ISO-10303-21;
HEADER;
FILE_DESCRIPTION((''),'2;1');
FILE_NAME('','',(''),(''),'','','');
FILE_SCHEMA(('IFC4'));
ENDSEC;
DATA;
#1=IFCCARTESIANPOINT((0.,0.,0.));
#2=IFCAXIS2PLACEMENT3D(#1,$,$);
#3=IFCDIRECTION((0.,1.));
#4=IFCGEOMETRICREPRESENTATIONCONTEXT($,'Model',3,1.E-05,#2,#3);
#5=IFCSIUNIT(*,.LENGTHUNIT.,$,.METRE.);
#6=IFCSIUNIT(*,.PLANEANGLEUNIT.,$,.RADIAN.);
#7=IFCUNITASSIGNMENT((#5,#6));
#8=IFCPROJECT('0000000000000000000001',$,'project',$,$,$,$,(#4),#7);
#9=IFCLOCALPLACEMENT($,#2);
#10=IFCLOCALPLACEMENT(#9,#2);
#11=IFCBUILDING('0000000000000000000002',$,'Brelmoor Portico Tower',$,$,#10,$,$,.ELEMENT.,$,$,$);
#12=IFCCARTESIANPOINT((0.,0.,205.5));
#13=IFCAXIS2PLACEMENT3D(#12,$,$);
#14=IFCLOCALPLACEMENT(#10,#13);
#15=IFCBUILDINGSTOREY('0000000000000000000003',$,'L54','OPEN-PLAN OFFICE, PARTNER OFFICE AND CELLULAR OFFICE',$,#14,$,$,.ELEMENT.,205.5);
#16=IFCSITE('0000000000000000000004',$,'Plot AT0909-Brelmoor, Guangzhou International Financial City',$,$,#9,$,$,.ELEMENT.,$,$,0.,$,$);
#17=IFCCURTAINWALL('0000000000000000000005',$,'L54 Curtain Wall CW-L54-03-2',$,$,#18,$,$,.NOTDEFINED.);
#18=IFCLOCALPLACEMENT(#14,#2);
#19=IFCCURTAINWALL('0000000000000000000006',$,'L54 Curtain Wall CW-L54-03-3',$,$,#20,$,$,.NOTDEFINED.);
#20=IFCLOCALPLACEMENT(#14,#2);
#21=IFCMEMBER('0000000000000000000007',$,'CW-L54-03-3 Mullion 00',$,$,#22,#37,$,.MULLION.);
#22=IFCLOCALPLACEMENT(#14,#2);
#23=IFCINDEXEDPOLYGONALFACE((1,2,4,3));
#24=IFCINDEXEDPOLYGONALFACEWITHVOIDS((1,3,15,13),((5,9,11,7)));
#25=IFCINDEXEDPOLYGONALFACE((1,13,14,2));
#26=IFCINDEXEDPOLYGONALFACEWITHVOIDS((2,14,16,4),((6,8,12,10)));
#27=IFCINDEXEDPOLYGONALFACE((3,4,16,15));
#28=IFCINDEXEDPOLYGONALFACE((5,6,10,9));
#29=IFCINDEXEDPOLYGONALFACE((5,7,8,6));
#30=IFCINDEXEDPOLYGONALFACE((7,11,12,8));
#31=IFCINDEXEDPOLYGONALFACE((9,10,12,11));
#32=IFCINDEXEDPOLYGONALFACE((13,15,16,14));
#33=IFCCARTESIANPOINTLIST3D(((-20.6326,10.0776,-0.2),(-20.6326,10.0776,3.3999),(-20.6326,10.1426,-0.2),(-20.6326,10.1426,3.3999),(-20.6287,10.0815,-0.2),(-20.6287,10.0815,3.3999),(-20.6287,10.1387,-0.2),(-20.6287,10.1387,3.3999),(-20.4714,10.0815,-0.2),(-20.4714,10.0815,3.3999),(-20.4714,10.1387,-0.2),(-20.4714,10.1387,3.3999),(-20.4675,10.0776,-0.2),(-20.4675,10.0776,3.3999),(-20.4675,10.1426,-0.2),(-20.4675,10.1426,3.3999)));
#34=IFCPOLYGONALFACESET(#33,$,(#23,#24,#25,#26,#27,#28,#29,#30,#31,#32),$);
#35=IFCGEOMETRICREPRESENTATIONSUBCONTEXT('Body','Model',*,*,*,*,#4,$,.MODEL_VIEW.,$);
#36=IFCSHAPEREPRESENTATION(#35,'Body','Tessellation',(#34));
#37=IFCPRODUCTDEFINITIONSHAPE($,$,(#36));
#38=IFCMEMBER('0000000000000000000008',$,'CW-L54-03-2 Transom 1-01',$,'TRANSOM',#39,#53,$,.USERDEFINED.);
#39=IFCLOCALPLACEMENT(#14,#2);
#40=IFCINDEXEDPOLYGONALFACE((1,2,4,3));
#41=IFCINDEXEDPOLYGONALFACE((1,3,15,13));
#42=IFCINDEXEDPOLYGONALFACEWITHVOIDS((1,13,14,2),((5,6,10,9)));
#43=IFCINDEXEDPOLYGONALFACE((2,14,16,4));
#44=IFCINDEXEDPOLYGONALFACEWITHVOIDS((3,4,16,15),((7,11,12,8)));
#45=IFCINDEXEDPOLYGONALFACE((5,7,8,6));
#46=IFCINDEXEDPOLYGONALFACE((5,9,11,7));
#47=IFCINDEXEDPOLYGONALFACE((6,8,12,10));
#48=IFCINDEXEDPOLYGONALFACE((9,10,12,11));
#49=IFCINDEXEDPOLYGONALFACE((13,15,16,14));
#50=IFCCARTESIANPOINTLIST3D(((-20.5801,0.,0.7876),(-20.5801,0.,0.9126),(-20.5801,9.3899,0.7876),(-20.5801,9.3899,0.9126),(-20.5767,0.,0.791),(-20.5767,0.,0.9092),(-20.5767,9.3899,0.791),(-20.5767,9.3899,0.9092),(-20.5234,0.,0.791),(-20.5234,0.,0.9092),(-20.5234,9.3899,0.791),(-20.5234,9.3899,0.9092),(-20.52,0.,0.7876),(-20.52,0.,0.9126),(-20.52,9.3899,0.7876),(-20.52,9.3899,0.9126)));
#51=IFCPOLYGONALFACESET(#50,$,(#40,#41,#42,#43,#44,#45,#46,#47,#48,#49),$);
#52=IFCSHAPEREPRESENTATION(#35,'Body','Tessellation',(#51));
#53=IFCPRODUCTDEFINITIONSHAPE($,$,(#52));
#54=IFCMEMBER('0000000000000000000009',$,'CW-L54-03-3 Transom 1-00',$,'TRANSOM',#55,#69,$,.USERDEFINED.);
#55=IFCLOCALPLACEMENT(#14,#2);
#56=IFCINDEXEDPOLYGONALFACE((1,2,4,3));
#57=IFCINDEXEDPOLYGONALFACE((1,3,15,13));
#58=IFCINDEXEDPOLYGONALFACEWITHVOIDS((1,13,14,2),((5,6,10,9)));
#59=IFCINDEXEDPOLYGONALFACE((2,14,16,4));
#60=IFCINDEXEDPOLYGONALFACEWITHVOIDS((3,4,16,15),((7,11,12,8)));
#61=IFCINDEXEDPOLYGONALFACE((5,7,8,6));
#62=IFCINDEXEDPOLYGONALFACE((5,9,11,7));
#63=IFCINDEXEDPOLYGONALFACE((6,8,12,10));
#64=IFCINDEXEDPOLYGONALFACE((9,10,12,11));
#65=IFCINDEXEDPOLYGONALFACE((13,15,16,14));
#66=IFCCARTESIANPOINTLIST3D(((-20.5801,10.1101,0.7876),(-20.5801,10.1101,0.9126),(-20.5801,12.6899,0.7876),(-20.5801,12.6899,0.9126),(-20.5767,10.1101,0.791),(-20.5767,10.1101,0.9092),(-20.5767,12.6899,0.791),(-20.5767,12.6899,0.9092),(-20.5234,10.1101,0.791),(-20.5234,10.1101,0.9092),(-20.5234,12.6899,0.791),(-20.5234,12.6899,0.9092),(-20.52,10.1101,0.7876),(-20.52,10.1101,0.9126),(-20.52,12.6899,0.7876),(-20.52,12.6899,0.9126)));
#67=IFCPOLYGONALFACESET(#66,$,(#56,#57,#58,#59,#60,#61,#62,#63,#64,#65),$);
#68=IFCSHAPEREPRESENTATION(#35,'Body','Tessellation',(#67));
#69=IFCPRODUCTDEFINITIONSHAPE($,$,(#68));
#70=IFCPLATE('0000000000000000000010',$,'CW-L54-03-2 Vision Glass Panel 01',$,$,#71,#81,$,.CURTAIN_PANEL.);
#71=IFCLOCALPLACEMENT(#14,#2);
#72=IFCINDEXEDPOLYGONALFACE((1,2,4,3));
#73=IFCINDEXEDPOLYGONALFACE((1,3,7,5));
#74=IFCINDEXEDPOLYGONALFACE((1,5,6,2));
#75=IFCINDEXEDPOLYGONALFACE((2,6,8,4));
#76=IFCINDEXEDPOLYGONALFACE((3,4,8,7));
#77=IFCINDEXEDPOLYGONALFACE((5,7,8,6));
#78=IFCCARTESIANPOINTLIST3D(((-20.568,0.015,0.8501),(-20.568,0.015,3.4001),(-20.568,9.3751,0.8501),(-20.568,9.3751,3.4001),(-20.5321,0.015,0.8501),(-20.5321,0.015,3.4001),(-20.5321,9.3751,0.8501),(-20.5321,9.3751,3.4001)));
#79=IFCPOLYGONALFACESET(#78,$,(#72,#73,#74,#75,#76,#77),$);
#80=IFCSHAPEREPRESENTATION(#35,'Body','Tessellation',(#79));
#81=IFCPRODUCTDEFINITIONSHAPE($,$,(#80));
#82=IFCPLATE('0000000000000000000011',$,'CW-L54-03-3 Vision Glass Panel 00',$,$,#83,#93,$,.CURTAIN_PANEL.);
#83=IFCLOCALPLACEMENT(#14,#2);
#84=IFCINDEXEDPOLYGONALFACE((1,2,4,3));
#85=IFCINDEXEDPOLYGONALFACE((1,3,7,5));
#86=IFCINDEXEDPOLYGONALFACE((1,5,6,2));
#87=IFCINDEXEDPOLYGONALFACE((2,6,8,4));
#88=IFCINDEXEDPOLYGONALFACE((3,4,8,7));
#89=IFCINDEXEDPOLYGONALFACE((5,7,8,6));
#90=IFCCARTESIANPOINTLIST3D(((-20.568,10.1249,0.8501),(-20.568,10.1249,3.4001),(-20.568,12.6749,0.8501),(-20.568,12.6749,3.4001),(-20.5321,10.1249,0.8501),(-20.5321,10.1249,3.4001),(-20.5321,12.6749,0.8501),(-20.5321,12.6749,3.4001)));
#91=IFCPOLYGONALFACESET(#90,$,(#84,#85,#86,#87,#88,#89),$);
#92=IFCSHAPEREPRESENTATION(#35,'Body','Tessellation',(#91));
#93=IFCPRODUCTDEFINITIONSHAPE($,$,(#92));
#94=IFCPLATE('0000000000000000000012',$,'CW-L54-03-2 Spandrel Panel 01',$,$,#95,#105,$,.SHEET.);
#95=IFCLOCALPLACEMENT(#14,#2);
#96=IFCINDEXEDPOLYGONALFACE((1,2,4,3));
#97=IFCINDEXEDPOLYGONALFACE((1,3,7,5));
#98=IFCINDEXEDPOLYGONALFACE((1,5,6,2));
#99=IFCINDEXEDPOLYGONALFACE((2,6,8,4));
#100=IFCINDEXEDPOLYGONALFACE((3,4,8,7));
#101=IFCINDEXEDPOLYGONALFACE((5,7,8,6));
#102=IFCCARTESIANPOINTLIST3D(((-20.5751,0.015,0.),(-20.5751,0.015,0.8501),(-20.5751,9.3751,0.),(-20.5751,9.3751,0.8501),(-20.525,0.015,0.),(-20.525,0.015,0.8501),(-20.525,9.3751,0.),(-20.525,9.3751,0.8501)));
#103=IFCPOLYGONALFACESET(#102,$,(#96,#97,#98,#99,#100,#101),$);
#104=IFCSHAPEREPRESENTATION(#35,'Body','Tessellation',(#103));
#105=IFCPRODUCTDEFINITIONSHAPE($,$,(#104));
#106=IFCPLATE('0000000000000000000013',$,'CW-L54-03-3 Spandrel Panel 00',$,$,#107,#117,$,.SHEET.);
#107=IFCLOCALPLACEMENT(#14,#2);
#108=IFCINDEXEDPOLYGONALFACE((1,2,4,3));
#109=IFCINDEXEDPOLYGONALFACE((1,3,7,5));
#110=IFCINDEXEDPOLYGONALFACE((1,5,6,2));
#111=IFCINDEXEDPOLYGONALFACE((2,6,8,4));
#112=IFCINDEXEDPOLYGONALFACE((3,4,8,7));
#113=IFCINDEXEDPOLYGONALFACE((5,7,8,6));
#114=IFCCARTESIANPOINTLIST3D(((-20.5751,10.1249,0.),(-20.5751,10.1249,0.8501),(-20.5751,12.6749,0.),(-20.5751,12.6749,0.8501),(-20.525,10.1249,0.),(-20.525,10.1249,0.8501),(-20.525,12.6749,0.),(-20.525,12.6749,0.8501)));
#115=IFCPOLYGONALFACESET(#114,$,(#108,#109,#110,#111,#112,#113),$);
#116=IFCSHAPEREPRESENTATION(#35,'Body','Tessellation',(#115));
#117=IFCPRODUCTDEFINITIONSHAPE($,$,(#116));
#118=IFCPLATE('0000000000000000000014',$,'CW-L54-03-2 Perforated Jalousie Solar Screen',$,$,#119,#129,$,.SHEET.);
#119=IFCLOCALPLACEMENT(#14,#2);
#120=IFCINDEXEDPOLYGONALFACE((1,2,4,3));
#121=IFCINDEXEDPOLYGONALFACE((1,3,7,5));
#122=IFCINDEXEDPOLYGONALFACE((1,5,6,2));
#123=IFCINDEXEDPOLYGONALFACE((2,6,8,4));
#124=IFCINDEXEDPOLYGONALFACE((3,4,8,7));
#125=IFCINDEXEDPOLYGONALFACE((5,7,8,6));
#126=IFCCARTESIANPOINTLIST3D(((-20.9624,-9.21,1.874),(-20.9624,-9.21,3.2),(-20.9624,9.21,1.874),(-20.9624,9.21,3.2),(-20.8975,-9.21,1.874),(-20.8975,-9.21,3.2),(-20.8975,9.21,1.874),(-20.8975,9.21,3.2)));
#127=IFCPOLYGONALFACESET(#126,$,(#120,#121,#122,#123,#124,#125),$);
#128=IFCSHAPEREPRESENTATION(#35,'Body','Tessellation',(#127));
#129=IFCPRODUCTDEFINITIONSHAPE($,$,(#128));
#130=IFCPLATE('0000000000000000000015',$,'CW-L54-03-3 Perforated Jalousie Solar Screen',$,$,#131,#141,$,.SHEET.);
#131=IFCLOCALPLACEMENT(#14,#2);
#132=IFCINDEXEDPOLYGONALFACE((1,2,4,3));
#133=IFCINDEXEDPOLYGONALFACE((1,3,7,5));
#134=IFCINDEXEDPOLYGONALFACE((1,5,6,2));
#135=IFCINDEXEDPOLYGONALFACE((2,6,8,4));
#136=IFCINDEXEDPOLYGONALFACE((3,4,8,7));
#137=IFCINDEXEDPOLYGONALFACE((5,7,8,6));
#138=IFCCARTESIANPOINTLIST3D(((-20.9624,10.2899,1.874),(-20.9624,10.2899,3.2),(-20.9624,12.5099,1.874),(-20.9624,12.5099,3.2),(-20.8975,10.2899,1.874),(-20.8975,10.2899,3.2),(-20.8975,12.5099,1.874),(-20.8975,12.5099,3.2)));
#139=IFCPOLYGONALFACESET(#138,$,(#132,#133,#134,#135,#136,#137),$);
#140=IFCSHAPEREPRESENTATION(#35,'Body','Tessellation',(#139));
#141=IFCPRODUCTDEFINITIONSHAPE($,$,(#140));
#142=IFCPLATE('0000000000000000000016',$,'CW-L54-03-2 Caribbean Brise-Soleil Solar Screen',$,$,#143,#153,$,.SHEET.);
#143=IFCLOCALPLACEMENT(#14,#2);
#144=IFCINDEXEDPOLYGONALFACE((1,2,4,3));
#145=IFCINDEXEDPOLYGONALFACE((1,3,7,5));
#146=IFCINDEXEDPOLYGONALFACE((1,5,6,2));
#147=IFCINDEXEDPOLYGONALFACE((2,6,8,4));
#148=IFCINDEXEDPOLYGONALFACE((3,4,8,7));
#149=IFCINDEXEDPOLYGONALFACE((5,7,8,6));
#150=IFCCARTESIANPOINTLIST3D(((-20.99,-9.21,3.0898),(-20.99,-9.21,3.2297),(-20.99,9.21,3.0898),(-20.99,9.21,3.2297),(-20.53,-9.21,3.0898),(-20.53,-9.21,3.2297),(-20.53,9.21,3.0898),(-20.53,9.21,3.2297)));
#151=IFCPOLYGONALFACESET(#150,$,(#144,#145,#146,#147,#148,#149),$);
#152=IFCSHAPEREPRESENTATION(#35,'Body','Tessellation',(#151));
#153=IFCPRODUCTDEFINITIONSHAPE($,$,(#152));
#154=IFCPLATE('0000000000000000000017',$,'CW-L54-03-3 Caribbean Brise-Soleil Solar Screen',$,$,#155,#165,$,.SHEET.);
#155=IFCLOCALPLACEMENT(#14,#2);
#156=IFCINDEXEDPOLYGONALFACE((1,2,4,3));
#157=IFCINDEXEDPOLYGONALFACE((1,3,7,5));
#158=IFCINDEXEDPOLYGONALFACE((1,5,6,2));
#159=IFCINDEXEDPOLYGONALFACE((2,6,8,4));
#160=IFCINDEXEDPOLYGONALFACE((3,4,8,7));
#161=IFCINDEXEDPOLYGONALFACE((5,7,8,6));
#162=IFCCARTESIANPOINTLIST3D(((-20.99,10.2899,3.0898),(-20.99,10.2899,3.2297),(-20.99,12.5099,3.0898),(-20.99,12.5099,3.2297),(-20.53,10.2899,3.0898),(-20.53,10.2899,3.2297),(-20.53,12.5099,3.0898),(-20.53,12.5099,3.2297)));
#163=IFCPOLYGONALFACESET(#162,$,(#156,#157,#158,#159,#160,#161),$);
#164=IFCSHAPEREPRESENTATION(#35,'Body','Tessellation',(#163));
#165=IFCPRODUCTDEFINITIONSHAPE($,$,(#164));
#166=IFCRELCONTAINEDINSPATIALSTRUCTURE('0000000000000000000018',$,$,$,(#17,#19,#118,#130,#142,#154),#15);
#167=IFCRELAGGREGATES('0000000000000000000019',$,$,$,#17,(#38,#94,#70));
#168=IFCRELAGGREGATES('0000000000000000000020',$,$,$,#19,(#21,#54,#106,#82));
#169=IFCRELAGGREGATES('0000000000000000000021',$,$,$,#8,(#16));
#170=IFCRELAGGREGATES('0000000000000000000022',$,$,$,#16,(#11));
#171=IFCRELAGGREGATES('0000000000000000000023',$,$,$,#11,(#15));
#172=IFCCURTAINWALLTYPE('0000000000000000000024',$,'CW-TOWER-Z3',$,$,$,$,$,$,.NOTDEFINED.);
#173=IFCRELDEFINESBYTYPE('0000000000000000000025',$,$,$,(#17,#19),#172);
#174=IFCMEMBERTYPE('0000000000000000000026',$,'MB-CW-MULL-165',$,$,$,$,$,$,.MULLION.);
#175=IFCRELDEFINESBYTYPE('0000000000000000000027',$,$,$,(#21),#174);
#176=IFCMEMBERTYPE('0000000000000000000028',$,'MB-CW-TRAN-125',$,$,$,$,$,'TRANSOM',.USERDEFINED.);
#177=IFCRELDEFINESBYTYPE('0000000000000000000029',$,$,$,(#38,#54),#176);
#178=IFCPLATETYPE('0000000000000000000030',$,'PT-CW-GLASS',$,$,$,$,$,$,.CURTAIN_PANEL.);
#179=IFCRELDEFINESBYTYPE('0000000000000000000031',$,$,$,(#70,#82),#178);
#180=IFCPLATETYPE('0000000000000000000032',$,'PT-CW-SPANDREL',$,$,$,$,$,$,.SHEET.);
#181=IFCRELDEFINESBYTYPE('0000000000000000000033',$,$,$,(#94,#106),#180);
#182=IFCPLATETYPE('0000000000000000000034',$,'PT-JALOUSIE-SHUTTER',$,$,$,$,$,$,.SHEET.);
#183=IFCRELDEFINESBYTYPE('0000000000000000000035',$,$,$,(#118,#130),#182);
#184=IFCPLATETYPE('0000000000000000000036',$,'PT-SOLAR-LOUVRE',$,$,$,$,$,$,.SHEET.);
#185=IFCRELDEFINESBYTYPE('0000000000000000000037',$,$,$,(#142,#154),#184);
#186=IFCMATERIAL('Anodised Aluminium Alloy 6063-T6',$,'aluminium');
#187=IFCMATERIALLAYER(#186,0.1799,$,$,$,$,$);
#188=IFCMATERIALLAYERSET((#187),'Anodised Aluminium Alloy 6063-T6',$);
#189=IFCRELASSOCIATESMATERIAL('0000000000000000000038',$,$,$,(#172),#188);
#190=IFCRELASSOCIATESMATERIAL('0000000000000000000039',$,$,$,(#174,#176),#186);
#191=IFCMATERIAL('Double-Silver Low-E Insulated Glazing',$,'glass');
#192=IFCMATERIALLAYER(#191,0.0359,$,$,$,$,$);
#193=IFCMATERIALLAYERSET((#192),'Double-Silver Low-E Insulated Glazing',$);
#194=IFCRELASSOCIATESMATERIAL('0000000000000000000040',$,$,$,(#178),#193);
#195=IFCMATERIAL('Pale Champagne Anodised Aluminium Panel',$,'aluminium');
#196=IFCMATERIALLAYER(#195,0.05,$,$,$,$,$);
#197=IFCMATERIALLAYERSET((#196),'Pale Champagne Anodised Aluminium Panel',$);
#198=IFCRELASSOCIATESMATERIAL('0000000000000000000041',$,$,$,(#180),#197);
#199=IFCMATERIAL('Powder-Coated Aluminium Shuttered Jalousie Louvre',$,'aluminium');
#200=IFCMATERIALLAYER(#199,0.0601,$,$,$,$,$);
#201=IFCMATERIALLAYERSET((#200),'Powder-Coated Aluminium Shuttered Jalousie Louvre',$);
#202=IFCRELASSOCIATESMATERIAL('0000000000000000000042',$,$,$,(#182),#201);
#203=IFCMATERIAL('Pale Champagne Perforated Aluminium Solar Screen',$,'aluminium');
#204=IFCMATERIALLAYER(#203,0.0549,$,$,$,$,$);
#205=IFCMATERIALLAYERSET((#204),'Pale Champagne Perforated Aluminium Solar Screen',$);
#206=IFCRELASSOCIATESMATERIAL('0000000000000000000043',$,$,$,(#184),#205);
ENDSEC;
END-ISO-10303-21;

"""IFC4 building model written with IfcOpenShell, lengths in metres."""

from ifc_helpers import new_model, si_unit, direction, frame, origin, origin_2d, place, context, subcontext, project, spatial, rectangle, hollow_rectangle, extrude, material, layer, layer_set, material_profile, profile_set, type_object, element, aggregate, save


model = new_model("IFC4")

# Units and contexts
model_context = context("Model", 3, precision=1e-05, world=origin(), true_north=direction((0.0, 1.0)))
body_context = subcontext(model_context, "Body", "Model", "MODEL_VIEW")
ifc_project = project(units=[si_unit("LENGTHUNIT", "METRE"), si_unit("PLANEANGLEUNIT", "RADIAN")], contexts=[model_context])

# Site, building, storey
site_placement = place(None, origin())
site = spatial("IfcSite", under=ifc_project, at=site_placement, Name="Plot AT0909-Brelmoor, Guangzhou International Financial City", CompositionType="ELEMENT", RefElevation=0.0)
building_placement = place(site_placement, origin())
building = spatial("IfcBuilding", under=site, at=building_placement, Name="Brelmoor Portico Tower", CompositionType="ELEMENT")
storey_placement = place(building_placement, frame((0.0, 0.0, 205.5)))
storey = spatial("IfcBuildingStorey", under=building, at=storey_placement, Name="L54", Description="OPEN-PLAN OFFICE, PARTNER OFFICE AND CELLULAR OFFICE", CompositionType="ELEMENT", Elevation=205.5)

# Curtain wall
ifc_material_1 = material(Name="Anodised Aluminium Alloy 6063-T6", Category="aluminium")
ifc_layer_1 = layer(ifc_material_1, 0.1799)
ifc_layer_set_1 = layer_set([ifc_layer_1], Name="Anodised Aluminium Alloy 6063-T6")
curtain_wall_type = type_object("IfcCurtainWallType", Name="CW-TOWER-Z3", PredefinedType="NOTDEFINED", material=ifc_layer_set_1)
curtain_wall_1_placement = place(storey_placement, origin())
curtain_wall_1 = element("IfcCurtainWall", 1, at=curtain_wall_1_placement, inside=storey, type_object=curtain_wall_type, Name="L54 Curtain Wall CW-L54-03-2", PredefinedType="NOTDEFINED")
ifc_material_profile_1 = material_profile(ifc_material_1, hollow_rectangle(XDim=0.0649, YDim=0.165, WallThickness=0.0039, at=origin_2d()), Name="ALU MULLION 65x165")
ifc_profile_set_1 = profile_set([ifc_material_profile_1], Name="Anodised Aluminium Alloy 6063-T6")
member_type_1 = type_object("IfcMemberType", Name="MB-CW-MULL-165", PredefinedType="MULLION", material=ifc_profile_set_1)

# Curtain wall, member
curtain_wall_2_placement = place(storey_placement, origin())
curtain_wall_2 = element("IfcCurtainWall", 2, at=curtain_wall_2_placement, inside=storey, type_object=curtain_wall_type, Name="L54 Curtain Wall CW-L54-03-3", PredefinedType="NOTDEFINED")
member_1_placement = place(storey_placement, frame((-20.55, 10.1101, -0.2), z_axis=(0.0, 0.0, 1.0), x_axis=(0.0, 1.0, 0.0)))
member_1 = element("IfcMember", 3, at=member_1_placement, type_object=member_type_1, Name="CW-L54-03-3 Mullion 00", PredefinedType="MULLION", context=body_context, shape_type="SweptSolid", body=[
    extrude(hollow_rectangle(XDim=0.0649, YDim=0.165, WallThickness=0.0039, at=origin_2d()), origin(), (0.0, 0.0, 1.0), 3.5999),
])

# Members
ifc_material_profile_2 = material_profile(ifc_material_1, hollow_rectangle(XDim=0.0601, YDim=0.125, WallThickness=0.0034, at=origin_2d()), Name="ALU TRANSOM 60x125")
ifc_profile_set_2 = profile_set([ifc_material_profile_2], Name="Anodised Aluminium Alloy 6063-T6")
member_type_2 = type_object("IfcMemberType", Name="MB-CW-TRAN-125", ElementType="TRANSOM", PredefinedType="USERDEFINED", material=ifc_profile_set_2)
member_2_placement = place(storey_placement, frame((-20.55, 0.0, 0.8501), z_axis=(0.0, 1.0, 0.0), x_axis=(-1.0, 0.0, 0.0)))
member_2 = element("IfcMember", 4, at=member_2_placement, type_object=member_type_2, Name="CW-L54-03-2 Transom 1-01", ObjectType="TRANSOM", PredefinedType="USERDEFINED", context=body_context, shape_type="SweptSolid", body=[
    extrude(hollow_rectangle(XDim=0.0601, YDim=0.125, WallThickness=0.0034, at=origin_2d()), origin(), (0.0, 0.0, 1.0), 9.3899),
])
member_3_placement = place(storey_placement, frame((-20.55, 10.1101, 0.8501), z_axis=(0.0, 1.0, 0.0), x_axis=(-1.0, 0.0, 0.0)))
member_3 = element("IfcMember", 5, at=member_3_placement, type_object=member_type_2, Name="CW-L54-03-3 Transom 1-00", ObjectType="TRANSOM", PredefinedType="USERDEFINED", context=body_context, shape_type="SweptSolid", body=[
    extrude(hollow_rectangle(XDim=0.0601, YDim=0.125, WallThickness=0.0034, at=origin_2d()), origin(), (0.0, 0.0, 1.0), 2.5798),
])

# Plates
ifc_material_2 = material(Name="Double-Silver Low-E Insulated Glazing", Category="glass")
ifc_layer_2 = layer(ifc_material_2, 0.0359)
ifc_layer_set_2 = layer_set([ifc_layer_2], Name="Double-Silver Low-E Insulated Glazing")
plate_type_1 = type_object("IfcPlateType", Name="PT-CW-GLASS", PredefinedType="CURTAIN_PANEL", material=ifc_layer_set_2)
plate_1_placement = place(storey_placement, frame((-20.55, 4.6951, 0.8501), z_axis=(0.0, 0.0, 1.0), x_axis=(0.0, 1.0, 0.0)))
plate_1 = element("IfcPlate", 6, at=plate_1_placement, type_object=plate_type_1, Name="CW-L54-03-2 Vision Glass Panel 01", PredefinedType="CURTAIN_PANEL", context=body_context, shape_type="SweptSolid", body=[
    extrude(rectangle(XDim=9.3601, YDim=0.0359, at=origin_2d()), origin(), (0.0, 0.0, 1.0), 2.55),
])
plate_2_placement = place(storey_placement, frame((-20.55, 11.3999, 0.8501), z_axis=(0.0, 0.0, 1.0), x_axis=(0.0, 1.0, 0.0)))
plate_2 = element("IfcPlate", 7, at=plate_2_placement, type_object=plate_type_1, Name="CW-L54-03-3 Vision Glass Panel 00", PredefinedType="CURTAIN_PANEL", context=body_context, shape_type="SweptSolid", body=[
    extrude(rectangle(XDim=2.55, YDim=0.0359, at=origin_2d()), origin(), (0.0, 0.0, 1.0), 2.55),
])
ifc_material_3 = material(Name="Pale Champagne Anodised Aluminium Panel", Category="aluminium")
ifc_layer_3 = layer(ifc_material_3, 0.05)
ifc_layer_set_3 = layer_set([ifc_layer_3], Name="Pale Champagne Anodised Aluminium Panel")
plate_type_2 = type_object("IfcPlateType", Name="PT-CW-SPANDREL", PredefinedType="SHEET", material=ifc_layer_set_3)
plate_3_placement = place(storey_placement, frame((-20.55, 4.6951, 0.0), z_axis=(0.0, 0.0, 1.0), x_axis=(0.0, 1.0, 0.0)))
plate_3 = element("IfcPlate", 8, at=plate_3_placement, type_object=plate_type_2, Name="CW-L54-03-2 Spandrel Panel 01", PredefinedType="SHEET", context=body_context, shape_type="SweptSolid", body=[
    extrude(rectangle(XDim=9.3601, YDim=0.05, at=origin_2d()), origin(), (0.0, 0.0, 1.0), 0.8501),
])
aggregate(curtain_wall_1, [member_2, plate_3, plate_1])
plate_4_placement = place(storey_placement, frame((-20.55, 11.3999, 0.0), z_axis=(0.0, 0.0, 1.0), x_axis=(0.0, 1.0, 0.0)))
plate_4 = element("IfcPlate", 9, at=plate_4_placement, type_object=plate_type_2, Name="CW-L54-03-3 Spandrel Panel 00", PredefinedType="SHEET", context=body_context, shape_type="SweptSolid", body=[
    extrude(rectangle(XDim=2.55, YDim=0.05, at=origin_2d()), origin(), (0.0, 0.0, 1.0), 0.8501),
])
aggregate(curtain_wall_2, [member_1, member_3, plate_4, plate_2])

# Plates
ifc_material_4 = material(Name="Powder-Coated Aluminium Shuttered Jalousie Louvre", Category="aluminium")
ifc_layer_4 = layer(ifc_material_4, 0.0601)
ifc_layer_set_4 = layer_set([ifc_layer_4], Name="Powder-Coated Aluminium Shuttered Jalousie Louvre")
plate_type_3 = type_object("IfcPlateType", Name="PT-JALOUSIE-SHUTTER", PredefinedType="SHEET", material=ifc_layer_set_4)
plate_5_placement = place(storey_placement, frame((-20.9299, 0.0, 1.874), z_axis=(0.0, 0.0, 1.0), x_axis=(0.0, 1.0, 0.0)))
element("IfcPlate", 10, at=plate_5_placement, inside=storey, type_object=plate_type_3, Name="CW-L54-03-2 Perforated Jalousie Solar Screen", PredefinedType="SHEET", context=body_context, shape_type="SweptSolid", body=[
    extrude(rectangle(XDim=18.4199, YDim=0.0649, at=origin_2d()), origin(), (0.0, 0.0, 1.0), 1.3259),
])
plate_6_placement = place(storey_placement, frame((-20.9299, 11.3999, 1.874), z_axis=(0.0, 0.0, 1.0), x_axis=(0.0, 1.0, 0.0)))
element("IfcPlate", 11, at=plate_6_placement, inside=storey, type_object=plate_type_3, Name="CW-L54-03-3 Perforated Jalousie Solar Screen", PredefinedType="SHEET", context=body_context, shape_type="SweptSolid", body=[
    extrude(rectangle(XDim=2.22, YDim=0.0649, at=origin_2d()), origin(), (0.0, 0.0, 1.0), 1.3259),
])
ifc_material_5 = material(Name="Pale Champagne Perforated Aluminium Solar Screen", Category="aluminium")
ifc_layer_5 = layer(ifc_material_5, 0.0549)
ifc_layer_set_5 = layer_set([ifc_layer_5], Name="Pale Champagne Perforated Aluminium Solar Screen")
plate_type_4 = type_object("IfcPlateType", Name="PT-SOLAR-LOUVRE", PredefinedType="SHEET", material=ifc_layer_set_5)
plate_7_placement = place(storey_placement, frame((-20.76, 0.0, 3.0898), z_axis=(0.0, 0.0, 1.0), x_axis=(0.0, 1.0, 0.0)))
element("IfcPlate", 12, at=plate_7_placement, inside=storey, type_object=plate_type_4, Name="CW-L54-03-2 Caribbean Brise-Soleil Solar Screen", PredefinedType="SHEET", context=body_context, shape_type="SweptSolid", body=[
    extrude(rectangle(XDim=18.4199, YDim=0.46, at=origin_2d()), origin(), (0.0, 0.0, 1.0), 0.1399),
])
plate_8_placement = place(storey_placement, frame((-20.76, 11.3999, 3.0898), z_axis=(0.0, 0.0, 1.0), x_axis=(0.0, 1.0, 0.0)))
element("IfcPlate", 13, at=plate_8_placement, inside=storey, type_object=plate_type_4, Name="CW-L54-03-3 Caribbean Brise-Soleil Solar Screen", PredefinedType="SHEET", context=body_context, shape_type="SweptSolid", body=[
    extrude(rectangle(XDim=2.22, YDim=0.46, at=origin_2d()), origin(), (0.0, 0.0, 1.0), 0.1399),
])

save(model, "model.ifc")
